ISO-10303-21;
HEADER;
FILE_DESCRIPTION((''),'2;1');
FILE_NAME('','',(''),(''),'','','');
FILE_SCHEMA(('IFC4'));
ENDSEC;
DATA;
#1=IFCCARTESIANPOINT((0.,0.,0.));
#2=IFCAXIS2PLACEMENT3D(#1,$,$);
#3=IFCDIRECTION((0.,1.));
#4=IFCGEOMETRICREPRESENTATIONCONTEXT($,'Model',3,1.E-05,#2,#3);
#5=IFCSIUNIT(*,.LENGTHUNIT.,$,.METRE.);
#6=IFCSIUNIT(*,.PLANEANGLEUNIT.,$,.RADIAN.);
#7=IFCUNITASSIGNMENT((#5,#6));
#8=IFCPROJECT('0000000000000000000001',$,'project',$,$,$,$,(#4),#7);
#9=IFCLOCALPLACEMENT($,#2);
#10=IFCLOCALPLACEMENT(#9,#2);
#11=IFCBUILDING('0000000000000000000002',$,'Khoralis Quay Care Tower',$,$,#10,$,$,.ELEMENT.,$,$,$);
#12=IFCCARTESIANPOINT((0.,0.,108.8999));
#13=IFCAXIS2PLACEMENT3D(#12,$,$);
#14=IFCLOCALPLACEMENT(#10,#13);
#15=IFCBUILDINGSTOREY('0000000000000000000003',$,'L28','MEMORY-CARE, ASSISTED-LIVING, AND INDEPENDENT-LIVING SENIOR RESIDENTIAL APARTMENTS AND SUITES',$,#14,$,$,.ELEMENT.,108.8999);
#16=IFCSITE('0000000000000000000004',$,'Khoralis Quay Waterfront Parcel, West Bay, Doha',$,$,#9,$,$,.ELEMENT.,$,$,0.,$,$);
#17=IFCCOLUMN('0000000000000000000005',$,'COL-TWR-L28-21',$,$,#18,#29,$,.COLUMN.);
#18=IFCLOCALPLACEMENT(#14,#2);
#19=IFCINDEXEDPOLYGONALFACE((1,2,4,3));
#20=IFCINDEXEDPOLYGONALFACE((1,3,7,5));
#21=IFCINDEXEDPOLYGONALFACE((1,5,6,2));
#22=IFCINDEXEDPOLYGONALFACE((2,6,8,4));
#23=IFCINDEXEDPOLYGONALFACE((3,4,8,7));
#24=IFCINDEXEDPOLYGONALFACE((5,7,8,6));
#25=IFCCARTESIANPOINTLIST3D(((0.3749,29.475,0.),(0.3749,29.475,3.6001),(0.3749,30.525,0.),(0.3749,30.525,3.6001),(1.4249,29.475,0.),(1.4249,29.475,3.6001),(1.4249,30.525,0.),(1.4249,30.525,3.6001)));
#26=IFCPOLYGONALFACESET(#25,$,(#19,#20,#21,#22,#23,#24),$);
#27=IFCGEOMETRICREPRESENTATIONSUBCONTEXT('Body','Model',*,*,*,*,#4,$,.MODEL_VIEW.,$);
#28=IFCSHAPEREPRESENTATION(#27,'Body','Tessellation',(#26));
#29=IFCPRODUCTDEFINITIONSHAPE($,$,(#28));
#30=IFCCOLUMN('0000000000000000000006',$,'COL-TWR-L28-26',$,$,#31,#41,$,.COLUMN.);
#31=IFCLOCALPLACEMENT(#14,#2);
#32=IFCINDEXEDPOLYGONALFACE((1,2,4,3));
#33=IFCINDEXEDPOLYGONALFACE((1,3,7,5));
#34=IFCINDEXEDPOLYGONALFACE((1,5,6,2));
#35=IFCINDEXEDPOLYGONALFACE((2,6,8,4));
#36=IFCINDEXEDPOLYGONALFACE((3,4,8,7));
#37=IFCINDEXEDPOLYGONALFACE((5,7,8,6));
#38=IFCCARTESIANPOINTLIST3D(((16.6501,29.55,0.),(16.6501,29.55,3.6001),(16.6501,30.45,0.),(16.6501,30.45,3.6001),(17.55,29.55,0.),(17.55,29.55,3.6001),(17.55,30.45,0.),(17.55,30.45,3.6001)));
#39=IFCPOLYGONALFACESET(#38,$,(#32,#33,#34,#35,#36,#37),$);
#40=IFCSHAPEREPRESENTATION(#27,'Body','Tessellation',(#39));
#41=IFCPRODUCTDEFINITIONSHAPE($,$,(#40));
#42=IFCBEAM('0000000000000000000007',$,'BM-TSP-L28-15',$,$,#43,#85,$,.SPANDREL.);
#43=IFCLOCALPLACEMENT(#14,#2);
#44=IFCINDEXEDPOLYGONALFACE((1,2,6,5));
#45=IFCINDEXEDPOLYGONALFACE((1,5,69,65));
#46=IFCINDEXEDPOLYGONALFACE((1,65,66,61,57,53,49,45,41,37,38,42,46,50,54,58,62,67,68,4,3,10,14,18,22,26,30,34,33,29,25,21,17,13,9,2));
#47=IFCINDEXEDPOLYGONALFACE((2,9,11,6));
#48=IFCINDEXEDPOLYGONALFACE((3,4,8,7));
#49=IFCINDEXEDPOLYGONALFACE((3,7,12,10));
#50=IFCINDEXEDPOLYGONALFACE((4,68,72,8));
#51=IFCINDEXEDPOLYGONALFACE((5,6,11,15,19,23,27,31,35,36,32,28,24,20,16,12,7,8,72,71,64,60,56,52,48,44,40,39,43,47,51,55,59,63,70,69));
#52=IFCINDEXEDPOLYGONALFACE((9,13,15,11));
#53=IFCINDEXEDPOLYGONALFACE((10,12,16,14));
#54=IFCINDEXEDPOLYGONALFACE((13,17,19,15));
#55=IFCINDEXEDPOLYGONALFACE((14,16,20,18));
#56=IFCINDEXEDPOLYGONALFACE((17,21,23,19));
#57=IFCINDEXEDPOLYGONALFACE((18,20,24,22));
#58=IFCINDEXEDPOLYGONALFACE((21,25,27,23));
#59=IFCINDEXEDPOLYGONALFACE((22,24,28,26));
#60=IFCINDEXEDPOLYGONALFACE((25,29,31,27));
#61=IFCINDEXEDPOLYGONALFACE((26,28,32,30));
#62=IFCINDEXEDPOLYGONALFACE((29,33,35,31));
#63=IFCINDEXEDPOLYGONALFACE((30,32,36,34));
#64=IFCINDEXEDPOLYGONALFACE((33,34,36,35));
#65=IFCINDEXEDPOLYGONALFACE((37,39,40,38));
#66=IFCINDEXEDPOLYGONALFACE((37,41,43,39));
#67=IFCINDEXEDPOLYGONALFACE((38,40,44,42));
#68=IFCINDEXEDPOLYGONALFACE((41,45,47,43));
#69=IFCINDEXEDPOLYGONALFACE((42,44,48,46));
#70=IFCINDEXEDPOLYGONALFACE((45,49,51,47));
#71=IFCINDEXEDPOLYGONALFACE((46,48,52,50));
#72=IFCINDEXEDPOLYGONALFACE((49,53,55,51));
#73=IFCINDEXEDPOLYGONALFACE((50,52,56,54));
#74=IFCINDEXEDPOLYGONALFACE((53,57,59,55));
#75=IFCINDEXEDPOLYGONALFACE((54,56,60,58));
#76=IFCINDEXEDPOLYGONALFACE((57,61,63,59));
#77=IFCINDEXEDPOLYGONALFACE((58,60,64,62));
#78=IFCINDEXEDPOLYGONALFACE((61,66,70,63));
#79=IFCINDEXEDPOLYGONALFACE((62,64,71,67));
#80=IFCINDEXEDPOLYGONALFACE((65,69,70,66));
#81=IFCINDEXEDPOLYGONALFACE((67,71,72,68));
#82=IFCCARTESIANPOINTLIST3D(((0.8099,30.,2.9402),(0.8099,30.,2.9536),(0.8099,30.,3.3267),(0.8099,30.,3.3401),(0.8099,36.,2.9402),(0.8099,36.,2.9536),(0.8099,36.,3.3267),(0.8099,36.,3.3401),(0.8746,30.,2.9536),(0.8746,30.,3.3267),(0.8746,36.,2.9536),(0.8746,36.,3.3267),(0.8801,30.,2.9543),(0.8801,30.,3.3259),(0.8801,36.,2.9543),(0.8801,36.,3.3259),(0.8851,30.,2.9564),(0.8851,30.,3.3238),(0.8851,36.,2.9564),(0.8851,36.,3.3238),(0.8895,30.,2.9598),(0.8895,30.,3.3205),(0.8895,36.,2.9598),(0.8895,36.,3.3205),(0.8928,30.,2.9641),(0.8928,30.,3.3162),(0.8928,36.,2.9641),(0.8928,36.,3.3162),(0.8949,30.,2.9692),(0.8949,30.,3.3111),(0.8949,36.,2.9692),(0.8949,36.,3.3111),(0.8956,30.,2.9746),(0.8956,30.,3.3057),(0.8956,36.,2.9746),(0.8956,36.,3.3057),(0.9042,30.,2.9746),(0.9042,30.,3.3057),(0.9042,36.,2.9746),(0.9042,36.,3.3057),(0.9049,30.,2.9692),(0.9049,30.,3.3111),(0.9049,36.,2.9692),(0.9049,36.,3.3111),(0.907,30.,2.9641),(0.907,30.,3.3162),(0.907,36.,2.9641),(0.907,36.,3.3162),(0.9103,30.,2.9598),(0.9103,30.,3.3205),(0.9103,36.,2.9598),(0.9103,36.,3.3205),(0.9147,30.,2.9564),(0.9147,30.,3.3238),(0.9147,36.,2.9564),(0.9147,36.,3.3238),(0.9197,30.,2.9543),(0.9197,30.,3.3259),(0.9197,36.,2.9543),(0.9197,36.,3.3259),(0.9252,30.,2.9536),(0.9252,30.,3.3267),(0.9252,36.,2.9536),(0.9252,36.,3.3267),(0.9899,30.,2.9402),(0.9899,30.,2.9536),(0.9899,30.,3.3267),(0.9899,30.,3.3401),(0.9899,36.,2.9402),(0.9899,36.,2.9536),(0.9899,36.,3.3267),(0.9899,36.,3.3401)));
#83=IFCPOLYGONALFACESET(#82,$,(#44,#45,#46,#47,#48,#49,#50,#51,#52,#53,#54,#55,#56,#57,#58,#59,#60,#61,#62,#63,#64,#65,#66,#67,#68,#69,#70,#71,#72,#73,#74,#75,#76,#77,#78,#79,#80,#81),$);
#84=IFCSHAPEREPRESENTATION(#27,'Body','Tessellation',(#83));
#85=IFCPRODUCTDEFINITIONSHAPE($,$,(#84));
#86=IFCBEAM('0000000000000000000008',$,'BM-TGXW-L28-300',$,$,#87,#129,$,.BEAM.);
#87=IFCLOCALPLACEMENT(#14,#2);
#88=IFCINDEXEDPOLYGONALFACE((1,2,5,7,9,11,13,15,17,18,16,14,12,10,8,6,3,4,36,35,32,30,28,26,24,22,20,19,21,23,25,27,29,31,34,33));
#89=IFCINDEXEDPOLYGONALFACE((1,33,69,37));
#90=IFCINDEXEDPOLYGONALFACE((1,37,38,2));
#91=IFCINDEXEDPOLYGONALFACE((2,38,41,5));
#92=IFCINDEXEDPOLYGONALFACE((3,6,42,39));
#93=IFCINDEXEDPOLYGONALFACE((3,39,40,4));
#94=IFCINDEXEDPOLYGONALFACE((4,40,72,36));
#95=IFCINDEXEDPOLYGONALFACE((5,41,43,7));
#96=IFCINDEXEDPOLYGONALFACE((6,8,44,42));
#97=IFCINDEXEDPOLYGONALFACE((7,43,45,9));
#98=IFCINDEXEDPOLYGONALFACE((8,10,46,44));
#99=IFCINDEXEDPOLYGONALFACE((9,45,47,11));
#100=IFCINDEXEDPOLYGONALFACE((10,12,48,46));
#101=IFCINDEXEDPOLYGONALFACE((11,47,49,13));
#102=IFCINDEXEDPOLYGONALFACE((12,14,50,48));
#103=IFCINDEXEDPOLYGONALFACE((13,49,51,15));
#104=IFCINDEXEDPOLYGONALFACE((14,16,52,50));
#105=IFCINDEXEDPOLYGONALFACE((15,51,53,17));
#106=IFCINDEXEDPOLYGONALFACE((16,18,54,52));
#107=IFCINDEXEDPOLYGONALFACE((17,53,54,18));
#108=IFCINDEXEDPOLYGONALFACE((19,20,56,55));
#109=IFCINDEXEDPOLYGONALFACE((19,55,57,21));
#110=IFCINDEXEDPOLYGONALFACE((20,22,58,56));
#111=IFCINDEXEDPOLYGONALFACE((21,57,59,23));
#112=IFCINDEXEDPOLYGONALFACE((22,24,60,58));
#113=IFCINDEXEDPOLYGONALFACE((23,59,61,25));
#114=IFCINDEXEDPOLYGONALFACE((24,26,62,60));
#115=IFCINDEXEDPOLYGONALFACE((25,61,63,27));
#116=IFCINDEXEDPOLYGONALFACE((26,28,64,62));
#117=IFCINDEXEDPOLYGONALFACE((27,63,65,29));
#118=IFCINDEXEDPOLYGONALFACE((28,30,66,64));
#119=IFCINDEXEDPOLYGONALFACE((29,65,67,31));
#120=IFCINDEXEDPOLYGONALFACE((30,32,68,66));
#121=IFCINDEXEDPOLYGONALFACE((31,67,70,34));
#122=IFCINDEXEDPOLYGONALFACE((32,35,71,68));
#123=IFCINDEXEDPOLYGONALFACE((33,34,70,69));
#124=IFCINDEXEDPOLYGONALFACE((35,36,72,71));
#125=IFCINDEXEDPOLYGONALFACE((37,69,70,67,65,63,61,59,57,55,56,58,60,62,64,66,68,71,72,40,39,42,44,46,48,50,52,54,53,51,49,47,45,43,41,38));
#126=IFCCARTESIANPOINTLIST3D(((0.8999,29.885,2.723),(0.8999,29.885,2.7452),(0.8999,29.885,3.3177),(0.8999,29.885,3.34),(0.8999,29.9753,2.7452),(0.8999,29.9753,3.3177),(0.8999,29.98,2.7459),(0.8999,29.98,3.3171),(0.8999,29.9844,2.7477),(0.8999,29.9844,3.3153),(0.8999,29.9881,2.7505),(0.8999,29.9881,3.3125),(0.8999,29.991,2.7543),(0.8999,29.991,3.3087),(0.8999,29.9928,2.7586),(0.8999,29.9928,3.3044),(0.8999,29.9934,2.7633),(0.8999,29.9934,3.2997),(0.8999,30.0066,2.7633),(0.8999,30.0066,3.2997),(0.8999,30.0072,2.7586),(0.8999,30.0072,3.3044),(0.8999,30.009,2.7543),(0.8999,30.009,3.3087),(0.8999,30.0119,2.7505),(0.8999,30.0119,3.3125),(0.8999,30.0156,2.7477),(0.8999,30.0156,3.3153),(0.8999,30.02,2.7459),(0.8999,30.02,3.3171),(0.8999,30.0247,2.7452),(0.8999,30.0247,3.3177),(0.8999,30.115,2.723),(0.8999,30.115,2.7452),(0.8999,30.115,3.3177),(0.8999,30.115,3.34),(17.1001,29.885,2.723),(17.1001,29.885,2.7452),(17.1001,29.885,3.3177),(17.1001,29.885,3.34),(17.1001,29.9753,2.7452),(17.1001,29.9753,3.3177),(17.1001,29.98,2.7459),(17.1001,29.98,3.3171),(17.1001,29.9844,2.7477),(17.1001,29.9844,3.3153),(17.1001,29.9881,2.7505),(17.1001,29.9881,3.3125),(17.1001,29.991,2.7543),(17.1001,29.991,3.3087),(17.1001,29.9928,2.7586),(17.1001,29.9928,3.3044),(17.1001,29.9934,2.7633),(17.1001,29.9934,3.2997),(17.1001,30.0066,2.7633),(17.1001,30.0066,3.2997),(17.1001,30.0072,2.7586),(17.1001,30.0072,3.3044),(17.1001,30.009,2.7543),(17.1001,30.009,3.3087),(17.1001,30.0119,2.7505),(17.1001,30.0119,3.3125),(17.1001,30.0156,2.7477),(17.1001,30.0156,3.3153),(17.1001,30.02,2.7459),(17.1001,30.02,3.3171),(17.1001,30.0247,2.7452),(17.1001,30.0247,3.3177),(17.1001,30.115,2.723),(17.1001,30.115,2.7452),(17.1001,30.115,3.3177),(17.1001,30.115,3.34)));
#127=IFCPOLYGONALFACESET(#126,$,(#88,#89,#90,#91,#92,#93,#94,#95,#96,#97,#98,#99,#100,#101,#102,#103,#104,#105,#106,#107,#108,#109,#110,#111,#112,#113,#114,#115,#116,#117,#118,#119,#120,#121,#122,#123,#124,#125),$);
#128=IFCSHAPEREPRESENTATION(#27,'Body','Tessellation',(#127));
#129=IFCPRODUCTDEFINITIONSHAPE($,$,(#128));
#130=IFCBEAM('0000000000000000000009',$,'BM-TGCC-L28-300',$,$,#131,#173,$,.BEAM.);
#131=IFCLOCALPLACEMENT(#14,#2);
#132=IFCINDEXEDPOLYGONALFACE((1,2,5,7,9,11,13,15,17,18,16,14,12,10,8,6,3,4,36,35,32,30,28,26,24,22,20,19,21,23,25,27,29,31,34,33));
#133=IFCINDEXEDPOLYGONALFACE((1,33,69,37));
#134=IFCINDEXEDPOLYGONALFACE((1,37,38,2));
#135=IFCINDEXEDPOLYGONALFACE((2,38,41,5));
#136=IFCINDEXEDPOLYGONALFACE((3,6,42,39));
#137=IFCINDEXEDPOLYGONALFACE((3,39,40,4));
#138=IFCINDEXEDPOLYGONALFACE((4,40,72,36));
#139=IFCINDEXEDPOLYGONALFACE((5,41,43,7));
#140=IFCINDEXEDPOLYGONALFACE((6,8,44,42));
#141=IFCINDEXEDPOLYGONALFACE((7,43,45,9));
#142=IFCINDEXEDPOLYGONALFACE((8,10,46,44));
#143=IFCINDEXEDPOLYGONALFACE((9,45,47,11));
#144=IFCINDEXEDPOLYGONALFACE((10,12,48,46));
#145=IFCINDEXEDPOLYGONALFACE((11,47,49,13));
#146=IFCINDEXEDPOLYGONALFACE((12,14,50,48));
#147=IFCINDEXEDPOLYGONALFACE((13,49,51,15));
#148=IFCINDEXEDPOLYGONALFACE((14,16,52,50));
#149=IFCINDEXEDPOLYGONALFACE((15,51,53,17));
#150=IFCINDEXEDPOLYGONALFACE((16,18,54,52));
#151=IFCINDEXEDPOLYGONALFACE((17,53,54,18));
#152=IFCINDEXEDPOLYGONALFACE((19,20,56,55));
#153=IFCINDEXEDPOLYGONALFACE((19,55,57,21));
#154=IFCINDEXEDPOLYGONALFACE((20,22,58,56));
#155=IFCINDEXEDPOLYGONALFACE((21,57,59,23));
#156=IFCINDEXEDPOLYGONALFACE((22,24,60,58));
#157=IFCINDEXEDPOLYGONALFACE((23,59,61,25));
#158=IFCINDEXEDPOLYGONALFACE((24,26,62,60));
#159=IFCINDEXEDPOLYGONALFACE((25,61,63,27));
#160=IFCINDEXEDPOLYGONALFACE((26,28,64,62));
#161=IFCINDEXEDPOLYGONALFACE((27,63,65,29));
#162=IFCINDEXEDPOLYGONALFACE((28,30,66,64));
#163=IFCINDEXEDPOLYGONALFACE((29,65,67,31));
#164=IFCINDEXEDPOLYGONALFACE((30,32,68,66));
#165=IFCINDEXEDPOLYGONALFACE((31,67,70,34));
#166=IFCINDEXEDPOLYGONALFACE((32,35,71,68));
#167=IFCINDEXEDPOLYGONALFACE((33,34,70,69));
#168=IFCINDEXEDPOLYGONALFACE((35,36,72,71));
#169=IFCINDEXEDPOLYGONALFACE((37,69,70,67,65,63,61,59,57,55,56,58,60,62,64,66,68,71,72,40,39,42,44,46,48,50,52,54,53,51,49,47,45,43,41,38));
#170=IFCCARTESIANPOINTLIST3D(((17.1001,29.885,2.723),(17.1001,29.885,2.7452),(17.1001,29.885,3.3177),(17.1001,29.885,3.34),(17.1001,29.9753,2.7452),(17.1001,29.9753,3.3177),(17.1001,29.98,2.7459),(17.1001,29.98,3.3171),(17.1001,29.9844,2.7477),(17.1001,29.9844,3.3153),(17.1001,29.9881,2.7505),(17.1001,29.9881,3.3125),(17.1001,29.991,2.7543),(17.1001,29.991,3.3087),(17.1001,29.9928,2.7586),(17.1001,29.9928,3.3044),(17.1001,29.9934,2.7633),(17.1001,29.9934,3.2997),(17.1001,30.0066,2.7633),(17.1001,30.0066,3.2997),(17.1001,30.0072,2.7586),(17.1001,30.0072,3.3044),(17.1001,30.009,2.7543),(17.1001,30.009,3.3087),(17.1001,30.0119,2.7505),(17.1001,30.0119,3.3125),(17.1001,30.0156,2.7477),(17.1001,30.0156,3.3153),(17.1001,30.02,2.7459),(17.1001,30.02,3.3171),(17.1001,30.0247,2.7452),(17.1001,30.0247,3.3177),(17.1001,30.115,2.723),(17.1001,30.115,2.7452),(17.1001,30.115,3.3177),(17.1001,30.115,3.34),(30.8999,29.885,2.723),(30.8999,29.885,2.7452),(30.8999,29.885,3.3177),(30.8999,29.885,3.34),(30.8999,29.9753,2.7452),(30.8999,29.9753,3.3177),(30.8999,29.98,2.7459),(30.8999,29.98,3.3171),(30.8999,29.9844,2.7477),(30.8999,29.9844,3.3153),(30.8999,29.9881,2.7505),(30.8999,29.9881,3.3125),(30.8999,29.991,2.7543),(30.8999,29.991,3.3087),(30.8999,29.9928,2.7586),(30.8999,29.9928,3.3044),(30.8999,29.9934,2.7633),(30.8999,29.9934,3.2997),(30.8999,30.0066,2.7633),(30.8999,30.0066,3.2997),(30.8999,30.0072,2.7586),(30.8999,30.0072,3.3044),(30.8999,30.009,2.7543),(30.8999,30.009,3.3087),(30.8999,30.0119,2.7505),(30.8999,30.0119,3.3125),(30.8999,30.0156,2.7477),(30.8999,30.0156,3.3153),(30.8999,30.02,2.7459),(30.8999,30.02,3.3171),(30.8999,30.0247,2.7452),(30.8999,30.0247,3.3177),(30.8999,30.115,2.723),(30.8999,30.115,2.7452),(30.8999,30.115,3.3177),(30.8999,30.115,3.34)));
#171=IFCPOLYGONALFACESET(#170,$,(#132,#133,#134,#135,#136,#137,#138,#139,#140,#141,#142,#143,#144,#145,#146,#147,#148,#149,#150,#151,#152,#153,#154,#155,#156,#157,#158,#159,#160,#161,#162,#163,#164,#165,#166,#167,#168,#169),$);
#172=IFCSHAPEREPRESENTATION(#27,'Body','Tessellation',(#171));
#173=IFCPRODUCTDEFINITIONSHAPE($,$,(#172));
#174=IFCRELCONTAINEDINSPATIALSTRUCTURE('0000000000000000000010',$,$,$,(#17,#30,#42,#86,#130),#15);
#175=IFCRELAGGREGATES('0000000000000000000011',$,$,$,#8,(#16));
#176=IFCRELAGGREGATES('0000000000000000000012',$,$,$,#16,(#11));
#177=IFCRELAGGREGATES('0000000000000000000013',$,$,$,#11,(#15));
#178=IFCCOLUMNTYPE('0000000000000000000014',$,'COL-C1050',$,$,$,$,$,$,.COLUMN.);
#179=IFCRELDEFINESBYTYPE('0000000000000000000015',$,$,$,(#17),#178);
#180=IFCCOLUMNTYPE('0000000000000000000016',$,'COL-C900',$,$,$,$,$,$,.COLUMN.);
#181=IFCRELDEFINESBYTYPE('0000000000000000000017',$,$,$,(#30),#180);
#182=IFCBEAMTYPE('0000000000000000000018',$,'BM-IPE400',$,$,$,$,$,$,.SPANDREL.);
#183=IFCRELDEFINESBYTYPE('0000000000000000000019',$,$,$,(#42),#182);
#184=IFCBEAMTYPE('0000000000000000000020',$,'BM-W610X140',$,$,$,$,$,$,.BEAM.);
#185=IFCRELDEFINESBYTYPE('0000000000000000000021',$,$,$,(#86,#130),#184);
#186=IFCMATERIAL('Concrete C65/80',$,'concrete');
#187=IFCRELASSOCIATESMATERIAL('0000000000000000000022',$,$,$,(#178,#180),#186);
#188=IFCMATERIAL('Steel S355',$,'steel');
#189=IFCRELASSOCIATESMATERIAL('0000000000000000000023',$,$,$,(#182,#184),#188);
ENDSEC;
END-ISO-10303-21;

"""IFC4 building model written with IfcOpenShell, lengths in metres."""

from ifc_helpers import new_model, si_unit, direction, frame, origin, origin_2d, place, context, subcontext, project, spatial, rectangle, i_section, extrude, source, transform, mapped, material, material_profile, profile_set, type_object, element, save


model = new_model("IFC4")

# Units and contexts
model_context = context("Model", 3, precision=1e-05, world=origin(), true_north=direction((0.0, 1.0)))
body_context = subcontext(model_context, "Body", "Model", "MODEL_VIEW")
ifc_project = project(units=[si_unit("LENGTHUNIT", "METRE"), si_unit("PLANEANGLEUNIT", "RADIAN")], contexts=[model_context])

# Site, building, storey
site_placement = place(None, origin())
site = spatial("IfcSite", under=ifc_project, at=site_placement, Name="Khoralis Quay Waterfront Parcel, West Bay, Doha", CompositionType="ELEMENT", RefElevation=0.0)
building_placement = place(site_placement, origin())
building = spatial("IfcBuilding", under=site, at=building_placement, Name="Khoralis Quay Care Tower", CompositionType="ELEMENT")
storey_placement = place(building_placement, frame((0.0, 0.0, 108.8999)))
storey = spatial("IfcBuildingStorey", under=building, at=storey_placement, Name="L28", Description="MEMORY-CARE, ASSISTED-LIVING, AND INDEPENDENT-LIVING SENIOR RESIDENTIAL APARTMENTS AND SUITES", CompositionType="ELEMENT", Elevation=108.8999)

# Columns
ifc_material_1 = material(Name="Concrete C65/80", Category="concrete")
ifc_material_profile_1 = material_profile(ifc_material_1, rectangle(XDim=1.05, YDim=1.05, at=origin_2d()), Name="Concrete C65/80")
ifc_profile_set_1 = profile_set([ifc_material_profile_1], Name="Concrete C65/80")
column_type_1 = type_object("IfcColumnType", Name="COL-C1050", PredefinedType="COLUMN", material=ifc_profile_set_1)
shared_shape_1 = source(origin(), body_context, "Body", "SweptSolid", [
    extrude(rectangle(XDim=1.05, YDim=1.05, at=origin_2d()), origin(), (0.0, 0.0, 1.0), 3.6001),
])
column_1_placement = place(storey_placement, frame((0.8999, 30.0, 0.0), z_axis=(0.0, 0.0, 1.0), x_axis=(1.0, 0.0, 0.0)))
element("IfcColumn", 1, at=column_1_placement, inside=storey, type_object=column_type_1, Name="COL-TWR-L28-21", PredefinedType="COLUMN", context=body_context, shape_type="MappedRepresentation", body=[
    mapped(shared_shape_1, transform((0.0, 0.0, 0.0), scale=1.0)),
])
ifc_material_profile_2 = material_profile(ifc_material_1, rectangle(XDim=0.8999, YDim=0.8999, at=origin_2d()), Name="Concrete C65/80")
ifc_profile_set_2 = profile_set([ifc_material_profile_2], Name="Concrete C65/80")
column_type_2 = type_object("IfcColumnType", Name="COL-C900", PredefinedType="COLUMN", material=ifc_profile_set_2)
shared_shape_2 = source(origin(), body_context, "Body", "SweptSolid", [
    extrude(rectangle(XDim=0.8999, YDim=0.8999, at=origin_2d()), origin(), (0.0, 0.0, 1.0), 3.6001),
])
column_2_placement = place(storey_placement, frame((17.1001, 30.0, 0.0), z_axis=(0.0, 0.0, 1.0), x_axis=(1.0, 0.0, 0.0)))
element("IfcColumn", 2, at=column_2_placement, inside=storey, type_object=column_type_2, Name="COL-TWR-L28-26", PredefinedType="COLUMN", context=body_context, shape_type="MappedRepresentation", body=[
    mapped(shared_shape_2, transform((0.0, 0.0, 0.0), scale=1.0)),
])

# Beams
ifc_material_2 = material(Name="Steel S355", Category="steel")
ifc_material_profile_3 = material_profile(ifc_material_2, i_section(OverallWidth=0.1799, OverallDepth=0.3999, WebThickness=0.0085, FlangeThickness=0.0134, FilletRadius=0.021, at=origin_2d()), Name="Steel S355")
ifc_profile_set_3 = profile_set([ifc_material_profile_3], Name="Steel S355")
beam_type_1 = type_object("IfcBeamType", Name="BM-IPE400", PredefinedType="SPANDREL", material=ifc_profile_set_3)
shared_shape_3 = source(origin(), body_context, "Body", "SweptSolid", [
    extrude(i_section(OverallWidth=0.1799, OverallDepth=0.3999, WebThickness=0.0085, FlangeThickness=0.0134, FilletRadius=0.021, at=origin_2d()), origin(), (0.0, 0.0, 1.0), 6.0),
])
beam_1_placement = place(storey_placement, frame((0.8999, 30.0, 3.1401), z_axis=(0.0, 1.0, 0.0), x_axis=(-1.0, 0.0, 0.0)))
element("IfcBeam", 3, at=beam_1_placement, inside=storey, type_object=beam_type_1, Name="BM-TSP-L28-15", PredefinedType="SPANDREL", context=body_context, shape_type="MappedRepresentation", body=[
    mapped(shared_shape_3, transform((0.0, 0.0, 0.0), scale=1.0)),
])
ifc_material_profile_4 = material_profile(ifc_material_2, i_section(OverallWidth=0.23, OverallDepth=0.6169, WebThickness=0.0132, FlangeThickness=0.0222, FilletRadius=0.0181, at=origin_2d()), Name="Steel S355")
ifc_profile_set_4 = profile_set([ifc_material_profile_4], Name="Steel S355")
beam_type_2 = type_object("IfcBeamType", Name="BM-W610X140", PredefinedType="BEAM", material=ifc_profile_set_4)
shared_shape_4 = source(origin(), body_context, "Body", "SweptSolid", [
    extrude(i_section(OverallWidth=0.23, OverallDepth=0.6169, WebThickness=0.0132, FlangeThickness=0.0222, FilletRadius=0.0181, at=origin_2d()), origin(), (0.0, 0.0, 1.0), 16.2002),
])
beam_2_placement = place(storey_placement, frame((0.8999, 30.0, 3.0315), z_axis=(1.0, 0.0, 0.0), x_axis=(0.0, 1.0, 0.0)))
element("IfcBeam", 4, at=beam_2_placement, inside=storey, type_object=beam_type_2, Name="BM-TGXW-L28-300", PredefinedType="BEAM", context=body_context, shape_type="MappedRepresentation", body=[
    mapped(shared_shape_4, transform((0.0, 0.0, 0.0), scale=1.0)),
])
shared_shape_5 = source(origin(), body_context, "Body", "SweptSolid", [
    extrude(i_section(OverallWidth=0.23, OverallDepth=0.6169, WebThickness=0.0132, FlangeThickness=0.0222, FilletRadius=0.0181, at=origin_2d()), origin(), (0.0, 0.0, 1.0), 13.7998),
])
beam_3_placement = place(storey_placement, frame((17.1001, 30.0, 3.0315), z_axis=(1.0, 0.0, 0.0), x_axis=(0.0, 1.0, 0.0)))
element("IfcBeam", 5, at=beam_3_placement, inside=storey, type_object=beam_type_2, Name="BM-TGCC-L28-300", PredefinedType="BEAM", context=body_context, shape_type="MappedRepresentation", body=[
    mapped(shared_shape_5, transform((0.0, 0.0, 0.0), scale=1.0)),
])

save(model, "model.ifc")
